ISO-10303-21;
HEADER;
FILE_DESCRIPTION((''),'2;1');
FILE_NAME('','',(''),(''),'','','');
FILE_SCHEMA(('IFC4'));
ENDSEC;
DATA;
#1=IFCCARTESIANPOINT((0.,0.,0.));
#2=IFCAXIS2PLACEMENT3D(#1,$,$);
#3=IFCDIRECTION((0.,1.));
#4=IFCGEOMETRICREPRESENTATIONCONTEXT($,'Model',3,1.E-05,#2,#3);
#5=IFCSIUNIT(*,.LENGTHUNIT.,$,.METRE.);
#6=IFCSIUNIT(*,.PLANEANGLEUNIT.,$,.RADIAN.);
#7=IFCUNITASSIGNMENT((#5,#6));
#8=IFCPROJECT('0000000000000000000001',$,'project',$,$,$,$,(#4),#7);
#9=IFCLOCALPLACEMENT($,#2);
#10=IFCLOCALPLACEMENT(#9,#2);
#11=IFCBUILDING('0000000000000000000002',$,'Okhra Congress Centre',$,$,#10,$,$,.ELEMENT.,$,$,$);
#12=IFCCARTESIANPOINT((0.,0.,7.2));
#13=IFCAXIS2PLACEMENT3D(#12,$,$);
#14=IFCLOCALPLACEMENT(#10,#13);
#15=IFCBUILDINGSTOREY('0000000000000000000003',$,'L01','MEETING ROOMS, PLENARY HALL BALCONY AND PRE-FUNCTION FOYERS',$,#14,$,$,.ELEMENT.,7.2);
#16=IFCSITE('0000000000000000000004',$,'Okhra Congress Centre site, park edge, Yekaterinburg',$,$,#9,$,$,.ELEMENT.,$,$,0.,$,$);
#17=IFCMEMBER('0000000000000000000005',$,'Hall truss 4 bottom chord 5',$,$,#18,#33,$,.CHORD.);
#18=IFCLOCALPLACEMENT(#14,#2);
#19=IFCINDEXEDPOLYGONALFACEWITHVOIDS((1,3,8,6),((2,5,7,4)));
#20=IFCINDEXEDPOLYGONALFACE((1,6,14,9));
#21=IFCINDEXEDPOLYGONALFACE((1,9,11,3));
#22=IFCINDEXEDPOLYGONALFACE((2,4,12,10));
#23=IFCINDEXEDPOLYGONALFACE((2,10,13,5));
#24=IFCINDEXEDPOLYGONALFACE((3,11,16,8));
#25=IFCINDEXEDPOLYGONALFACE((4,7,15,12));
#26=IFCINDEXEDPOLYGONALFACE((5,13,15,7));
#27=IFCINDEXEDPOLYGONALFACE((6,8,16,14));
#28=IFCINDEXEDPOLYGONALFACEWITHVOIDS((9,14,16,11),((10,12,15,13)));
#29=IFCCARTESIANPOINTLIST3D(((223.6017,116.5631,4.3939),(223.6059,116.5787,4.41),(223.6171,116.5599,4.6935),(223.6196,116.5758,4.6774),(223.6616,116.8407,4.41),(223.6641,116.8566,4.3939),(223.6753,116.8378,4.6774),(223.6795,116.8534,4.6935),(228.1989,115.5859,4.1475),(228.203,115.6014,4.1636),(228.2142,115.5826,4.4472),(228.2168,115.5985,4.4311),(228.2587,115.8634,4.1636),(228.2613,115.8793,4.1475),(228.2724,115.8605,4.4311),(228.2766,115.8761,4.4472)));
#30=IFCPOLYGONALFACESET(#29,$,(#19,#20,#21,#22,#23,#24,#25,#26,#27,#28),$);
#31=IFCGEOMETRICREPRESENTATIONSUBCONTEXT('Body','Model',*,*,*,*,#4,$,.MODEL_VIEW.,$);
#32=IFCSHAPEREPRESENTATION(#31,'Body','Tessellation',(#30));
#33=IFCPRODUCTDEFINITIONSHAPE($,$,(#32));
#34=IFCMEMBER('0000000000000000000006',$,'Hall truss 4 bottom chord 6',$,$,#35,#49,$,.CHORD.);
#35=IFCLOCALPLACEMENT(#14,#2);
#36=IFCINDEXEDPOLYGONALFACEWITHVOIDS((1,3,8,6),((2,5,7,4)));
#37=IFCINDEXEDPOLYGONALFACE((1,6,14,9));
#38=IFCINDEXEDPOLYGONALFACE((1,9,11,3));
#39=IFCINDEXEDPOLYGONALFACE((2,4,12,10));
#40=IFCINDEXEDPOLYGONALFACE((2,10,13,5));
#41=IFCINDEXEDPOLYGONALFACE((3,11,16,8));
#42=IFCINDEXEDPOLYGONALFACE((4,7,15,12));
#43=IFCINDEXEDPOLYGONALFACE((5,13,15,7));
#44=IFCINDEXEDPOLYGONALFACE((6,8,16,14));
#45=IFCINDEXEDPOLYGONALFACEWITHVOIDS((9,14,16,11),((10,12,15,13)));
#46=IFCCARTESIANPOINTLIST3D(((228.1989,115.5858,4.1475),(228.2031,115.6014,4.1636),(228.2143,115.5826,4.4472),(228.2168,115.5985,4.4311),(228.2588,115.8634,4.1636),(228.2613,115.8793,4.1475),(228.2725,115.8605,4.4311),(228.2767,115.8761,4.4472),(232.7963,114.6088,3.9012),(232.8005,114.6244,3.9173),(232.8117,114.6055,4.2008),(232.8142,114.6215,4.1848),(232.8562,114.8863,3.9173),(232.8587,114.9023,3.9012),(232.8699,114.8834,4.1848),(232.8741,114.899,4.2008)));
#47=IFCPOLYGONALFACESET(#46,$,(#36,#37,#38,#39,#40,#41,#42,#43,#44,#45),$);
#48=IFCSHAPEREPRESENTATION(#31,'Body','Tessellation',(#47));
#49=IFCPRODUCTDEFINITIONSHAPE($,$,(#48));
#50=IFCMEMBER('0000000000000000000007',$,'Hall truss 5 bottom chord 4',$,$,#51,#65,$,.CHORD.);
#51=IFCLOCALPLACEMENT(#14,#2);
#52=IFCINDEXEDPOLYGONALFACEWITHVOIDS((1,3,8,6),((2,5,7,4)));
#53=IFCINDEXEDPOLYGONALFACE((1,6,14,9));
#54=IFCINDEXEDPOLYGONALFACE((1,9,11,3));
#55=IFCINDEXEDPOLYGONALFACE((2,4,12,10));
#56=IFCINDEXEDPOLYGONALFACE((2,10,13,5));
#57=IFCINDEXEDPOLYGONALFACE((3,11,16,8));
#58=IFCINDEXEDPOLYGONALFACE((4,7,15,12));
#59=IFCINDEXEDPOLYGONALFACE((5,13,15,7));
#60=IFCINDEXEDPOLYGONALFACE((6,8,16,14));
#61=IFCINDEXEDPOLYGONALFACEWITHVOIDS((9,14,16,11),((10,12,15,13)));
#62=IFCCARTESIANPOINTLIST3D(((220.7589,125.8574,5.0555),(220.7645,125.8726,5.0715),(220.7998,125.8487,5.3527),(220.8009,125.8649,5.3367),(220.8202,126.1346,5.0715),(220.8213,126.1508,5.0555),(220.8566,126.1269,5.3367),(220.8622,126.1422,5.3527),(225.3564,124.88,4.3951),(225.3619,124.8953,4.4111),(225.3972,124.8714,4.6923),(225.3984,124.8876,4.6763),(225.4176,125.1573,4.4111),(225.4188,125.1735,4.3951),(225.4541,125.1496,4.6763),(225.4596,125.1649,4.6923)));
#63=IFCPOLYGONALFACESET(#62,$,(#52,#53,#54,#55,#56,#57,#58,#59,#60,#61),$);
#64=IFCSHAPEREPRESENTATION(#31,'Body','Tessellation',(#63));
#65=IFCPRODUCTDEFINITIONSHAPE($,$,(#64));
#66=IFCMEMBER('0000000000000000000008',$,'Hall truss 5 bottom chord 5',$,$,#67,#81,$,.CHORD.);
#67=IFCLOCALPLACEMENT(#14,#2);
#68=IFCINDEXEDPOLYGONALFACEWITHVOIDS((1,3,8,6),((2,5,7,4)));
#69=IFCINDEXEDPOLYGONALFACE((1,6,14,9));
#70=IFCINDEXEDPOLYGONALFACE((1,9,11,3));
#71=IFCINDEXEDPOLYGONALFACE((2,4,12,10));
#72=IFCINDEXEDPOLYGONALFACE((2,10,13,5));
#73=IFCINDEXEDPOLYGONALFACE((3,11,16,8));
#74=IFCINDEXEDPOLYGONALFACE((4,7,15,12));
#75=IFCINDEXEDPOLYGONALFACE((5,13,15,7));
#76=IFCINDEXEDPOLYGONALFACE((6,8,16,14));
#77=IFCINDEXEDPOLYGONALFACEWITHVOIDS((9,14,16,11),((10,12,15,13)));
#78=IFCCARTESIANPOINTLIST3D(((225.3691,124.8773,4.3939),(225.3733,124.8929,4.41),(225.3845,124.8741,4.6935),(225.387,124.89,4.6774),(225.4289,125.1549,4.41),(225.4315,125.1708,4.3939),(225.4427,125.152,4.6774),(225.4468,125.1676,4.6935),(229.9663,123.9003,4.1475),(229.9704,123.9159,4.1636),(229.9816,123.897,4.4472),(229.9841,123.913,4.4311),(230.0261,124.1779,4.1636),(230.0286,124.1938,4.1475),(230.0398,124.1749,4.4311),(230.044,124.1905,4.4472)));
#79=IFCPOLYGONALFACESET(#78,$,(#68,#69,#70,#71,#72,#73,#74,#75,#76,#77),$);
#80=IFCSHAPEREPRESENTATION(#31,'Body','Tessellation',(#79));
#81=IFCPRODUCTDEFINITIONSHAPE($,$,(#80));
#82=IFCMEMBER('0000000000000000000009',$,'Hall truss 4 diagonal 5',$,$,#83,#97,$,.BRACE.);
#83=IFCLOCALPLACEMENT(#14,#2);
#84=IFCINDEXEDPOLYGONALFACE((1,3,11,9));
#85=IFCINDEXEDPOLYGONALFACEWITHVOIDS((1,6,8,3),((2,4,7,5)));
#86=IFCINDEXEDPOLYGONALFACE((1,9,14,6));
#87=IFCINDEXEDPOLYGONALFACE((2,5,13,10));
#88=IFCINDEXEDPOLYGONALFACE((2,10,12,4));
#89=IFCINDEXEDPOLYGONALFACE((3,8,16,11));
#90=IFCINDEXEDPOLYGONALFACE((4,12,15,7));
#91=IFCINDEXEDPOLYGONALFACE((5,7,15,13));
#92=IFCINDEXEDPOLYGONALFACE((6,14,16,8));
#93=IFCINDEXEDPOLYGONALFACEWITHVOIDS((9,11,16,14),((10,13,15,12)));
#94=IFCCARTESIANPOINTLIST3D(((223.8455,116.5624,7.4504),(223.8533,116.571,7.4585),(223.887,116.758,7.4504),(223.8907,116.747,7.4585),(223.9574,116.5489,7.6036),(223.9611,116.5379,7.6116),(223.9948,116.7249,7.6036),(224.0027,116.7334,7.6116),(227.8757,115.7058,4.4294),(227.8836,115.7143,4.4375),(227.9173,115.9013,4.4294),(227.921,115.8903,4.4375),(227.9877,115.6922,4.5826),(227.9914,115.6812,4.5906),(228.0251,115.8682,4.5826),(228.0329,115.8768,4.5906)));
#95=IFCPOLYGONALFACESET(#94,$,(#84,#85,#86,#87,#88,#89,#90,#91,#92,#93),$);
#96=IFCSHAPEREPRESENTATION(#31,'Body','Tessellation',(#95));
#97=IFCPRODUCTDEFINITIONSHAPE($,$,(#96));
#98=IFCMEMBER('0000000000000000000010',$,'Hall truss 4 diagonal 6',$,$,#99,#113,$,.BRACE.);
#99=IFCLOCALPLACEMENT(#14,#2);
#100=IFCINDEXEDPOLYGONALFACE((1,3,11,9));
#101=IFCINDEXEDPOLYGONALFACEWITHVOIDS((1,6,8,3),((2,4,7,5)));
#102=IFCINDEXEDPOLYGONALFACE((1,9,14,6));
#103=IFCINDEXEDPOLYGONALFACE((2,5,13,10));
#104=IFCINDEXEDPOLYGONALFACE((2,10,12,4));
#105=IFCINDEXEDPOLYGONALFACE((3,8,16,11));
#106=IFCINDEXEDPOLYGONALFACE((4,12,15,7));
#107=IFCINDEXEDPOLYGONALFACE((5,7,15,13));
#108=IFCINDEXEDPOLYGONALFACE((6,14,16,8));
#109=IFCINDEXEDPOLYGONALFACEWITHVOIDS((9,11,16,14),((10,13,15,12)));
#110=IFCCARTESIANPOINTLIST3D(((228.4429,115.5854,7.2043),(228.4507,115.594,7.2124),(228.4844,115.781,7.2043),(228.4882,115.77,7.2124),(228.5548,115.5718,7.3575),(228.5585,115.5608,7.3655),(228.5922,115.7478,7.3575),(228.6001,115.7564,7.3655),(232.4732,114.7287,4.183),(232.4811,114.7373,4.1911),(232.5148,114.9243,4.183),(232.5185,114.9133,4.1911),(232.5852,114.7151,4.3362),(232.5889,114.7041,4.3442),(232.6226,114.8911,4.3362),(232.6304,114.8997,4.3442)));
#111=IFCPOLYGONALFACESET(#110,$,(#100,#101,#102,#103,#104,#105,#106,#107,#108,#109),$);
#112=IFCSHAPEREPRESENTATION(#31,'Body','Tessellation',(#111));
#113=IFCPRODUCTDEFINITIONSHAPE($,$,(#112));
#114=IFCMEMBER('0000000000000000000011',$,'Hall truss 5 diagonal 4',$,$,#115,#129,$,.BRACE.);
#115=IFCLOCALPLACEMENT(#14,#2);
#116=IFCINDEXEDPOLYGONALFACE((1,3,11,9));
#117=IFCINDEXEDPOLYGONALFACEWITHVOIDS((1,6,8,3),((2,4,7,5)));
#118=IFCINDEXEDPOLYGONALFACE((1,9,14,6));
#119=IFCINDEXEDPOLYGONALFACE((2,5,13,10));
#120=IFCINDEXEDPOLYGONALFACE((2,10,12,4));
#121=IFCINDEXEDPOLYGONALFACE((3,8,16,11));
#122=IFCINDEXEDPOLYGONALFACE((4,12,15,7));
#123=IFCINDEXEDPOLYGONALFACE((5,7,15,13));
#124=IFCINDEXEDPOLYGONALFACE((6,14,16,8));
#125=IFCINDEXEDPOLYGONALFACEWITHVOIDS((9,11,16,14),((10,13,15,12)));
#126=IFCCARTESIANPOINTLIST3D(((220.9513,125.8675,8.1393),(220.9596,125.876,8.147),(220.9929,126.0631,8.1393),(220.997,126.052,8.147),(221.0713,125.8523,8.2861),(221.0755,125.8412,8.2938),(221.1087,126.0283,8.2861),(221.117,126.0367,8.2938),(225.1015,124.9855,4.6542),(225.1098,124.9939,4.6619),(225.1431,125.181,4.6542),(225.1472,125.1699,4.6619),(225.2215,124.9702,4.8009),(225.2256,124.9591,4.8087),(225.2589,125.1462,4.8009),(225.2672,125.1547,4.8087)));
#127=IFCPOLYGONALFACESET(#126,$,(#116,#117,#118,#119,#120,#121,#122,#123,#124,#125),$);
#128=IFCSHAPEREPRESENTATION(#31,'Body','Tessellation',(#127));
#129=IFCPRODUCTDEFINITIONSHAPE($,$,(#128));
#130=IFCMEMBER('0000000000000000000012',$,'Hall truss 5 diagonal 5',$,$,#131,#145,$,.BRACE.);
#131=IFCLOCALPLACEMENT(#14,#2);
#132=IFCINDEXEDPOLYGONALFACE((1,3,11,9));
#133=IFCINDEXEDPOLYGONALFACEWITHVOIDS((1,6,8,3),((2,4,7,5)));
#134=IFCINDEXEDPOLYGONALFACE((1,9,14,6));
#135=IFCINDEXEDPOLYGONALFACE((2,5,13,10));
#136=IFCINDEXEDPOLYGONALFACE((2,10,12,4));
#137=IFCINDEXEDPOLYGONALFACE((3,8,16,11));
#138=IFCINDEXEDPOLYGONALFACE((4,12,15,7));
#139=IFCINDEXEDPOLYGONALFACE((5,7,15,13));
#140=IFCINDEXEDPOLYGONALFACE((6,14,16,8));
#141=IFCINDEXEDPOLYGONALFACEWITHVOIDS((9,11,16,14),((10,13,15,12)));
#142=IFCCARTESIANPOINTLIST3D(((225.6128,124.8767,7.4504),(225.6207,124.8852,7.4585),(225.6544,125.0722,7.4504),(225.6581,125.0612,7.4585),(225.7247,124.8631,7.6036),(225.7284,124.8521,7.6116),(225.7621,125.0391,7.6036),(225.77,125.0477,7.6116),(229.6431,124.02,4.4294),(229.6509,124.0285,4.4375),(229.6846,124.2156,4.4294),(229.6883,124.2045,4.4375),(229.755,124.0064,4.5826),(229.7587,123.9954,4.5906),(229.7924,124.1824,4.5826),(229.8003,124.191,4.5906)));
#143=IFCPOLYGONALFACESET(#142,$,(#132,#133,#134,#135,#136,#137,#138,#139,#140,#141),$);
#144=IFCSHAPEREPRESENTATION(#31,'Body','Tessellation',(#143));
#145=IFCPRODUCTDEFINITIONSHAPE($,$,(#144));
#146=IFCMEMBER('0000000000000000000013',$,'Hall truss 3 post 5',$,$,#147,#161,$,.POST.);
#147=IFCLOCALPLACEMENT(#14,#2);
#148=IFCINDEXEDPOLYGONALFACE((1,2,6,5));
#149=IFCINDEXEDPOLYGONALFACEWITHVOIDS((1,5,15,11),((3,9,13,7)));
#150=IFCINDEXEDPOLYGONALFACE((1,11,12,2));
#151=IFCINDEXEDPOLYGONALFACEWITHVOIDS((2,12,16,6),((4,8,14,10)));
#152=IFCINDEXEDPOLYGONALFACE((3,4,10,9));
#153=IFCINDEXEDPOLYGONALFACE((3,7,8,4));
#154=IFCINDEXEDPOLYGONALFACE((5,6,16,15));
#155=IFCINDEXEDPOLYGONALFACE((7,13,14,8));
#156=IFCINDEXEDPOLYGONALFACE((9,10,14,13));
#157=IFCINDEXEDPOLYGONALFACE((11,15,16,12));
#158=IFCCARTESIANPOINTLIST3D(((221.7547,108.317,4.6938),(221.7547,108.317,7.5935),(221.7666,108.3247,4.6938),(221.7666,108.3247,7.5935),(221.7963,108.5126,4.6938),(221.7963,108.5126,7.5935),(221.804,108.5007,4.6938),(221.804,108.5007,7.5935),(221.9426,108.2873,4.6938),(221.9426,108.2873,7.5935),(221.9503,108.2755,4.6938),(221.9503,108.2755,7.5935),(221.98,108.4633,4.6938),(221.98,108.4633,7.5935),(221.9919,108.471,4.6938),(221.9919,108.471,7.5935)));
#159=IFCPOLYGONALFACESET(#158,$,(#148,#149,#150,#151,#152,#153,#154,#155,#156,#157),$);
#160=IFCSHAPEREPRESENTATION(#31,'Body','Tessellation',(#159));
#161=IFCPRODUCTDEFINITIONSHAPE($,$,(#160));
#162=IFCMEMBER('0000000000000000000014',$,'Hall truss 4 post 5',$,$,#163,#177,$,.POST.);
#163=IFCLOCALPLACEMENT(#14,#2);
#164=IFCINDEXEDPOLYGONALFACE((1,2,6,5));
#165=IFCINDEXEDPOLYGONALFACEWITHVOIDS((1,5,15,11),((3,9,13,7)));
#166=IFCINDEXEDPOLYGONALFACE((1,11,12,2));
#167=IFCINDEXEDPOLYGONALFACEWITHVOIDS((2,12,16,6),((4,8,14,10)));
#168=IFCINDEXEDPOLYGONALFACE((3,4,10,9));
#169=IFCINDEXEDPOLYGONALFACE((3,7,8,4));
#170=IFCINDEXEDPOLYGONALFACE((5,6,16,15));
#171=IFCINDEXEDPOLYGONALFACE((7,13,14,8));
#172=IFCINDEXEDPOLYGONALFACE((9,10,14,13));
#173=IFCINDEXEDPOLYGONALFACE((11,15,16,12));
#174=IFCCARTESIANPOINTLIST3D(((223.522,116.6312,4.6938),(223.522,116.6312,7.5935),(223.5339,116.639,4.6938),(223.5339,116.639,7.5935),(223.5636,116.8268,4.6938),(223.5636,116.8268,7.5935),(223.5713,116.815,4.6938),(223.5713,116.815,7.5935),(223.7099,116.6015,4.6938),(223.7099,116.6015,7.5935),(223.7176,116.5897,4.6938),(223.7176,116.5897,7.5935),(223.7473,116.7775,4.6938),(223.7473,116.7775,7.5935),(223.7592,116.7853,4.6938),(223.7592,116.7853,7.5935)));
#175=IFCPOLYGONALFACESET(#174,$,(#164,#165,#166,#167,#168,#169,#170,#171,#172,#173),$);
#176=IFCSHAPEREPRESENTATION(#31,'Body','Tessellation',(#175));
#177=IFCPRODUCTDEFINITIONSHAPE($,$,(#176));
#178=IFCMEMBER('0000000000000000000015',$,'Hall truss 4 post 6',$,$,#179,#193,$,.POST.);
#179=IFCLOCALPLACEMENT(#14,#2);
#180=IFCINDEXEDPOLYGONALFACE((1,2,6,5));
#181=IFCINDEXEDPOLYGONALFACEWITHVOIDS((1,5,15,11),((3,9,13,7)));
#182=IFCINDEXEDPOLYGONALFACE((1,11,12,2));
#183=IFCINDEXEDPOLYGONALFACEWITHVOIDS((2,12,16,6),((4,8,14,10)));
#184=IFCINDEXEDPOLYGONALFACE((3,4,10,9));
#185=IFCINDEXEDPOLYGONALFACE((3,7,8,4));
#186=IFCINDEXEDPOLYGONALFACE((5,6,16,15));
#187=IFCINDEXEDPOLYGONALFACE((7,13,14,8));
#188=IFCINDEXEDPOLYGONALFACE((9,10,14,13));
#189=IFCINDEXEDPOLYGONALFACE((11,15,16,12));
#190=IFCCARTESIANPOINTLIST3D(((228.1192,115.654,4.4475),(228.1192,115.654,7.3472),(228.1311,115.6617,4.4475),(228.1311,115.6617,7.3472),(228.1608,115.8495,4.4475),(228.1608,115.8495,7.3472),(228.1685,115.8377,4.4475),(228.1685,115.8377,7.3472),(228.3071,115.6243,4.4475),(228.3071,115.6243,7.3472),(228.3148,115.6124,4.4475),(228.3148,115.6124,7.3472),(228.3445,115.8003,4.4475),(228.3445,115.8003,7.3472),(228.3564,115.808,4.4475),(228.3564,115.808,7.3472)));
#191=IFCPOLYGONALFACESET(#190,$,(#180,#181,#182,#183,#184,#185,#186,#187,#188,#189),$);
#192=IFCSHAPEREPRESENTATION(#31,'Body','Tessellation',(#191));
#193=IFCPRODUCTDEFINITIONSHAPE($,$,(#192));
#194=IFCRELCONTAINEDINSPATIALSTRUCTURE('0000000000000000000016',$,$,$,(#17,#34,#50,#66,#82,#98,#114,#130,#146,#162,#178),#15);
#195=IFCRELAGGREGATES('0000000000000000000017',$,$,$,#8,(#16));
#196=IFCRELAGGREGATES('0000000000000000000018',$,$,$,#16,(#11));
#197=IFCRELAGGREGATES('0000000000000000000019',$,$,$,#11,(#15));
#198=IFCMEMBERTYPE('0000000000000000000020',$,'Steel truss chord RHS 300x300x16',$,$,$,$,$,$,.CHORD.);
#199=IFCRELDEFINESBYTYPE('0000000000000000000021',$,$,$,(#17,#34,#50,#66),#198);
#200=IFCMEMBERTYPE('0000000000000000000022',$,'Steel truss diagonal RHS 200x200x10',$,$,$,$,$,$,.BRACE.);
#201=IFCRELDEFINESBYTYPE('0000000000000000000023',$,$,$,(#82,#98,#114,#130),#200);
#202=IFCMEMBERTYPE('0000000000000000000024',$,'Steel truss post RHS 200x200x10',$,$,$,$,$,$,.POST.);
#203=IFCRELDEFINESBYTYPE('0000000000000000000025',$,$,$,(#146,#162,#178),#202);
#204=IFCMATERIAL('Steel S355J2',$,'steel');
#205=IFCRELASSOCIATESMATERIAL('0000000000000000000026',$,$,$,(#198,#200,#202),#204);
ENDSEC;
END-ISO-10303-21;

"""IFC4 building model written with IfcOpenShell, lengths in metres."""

from ifc_helpers import new_model, si_unit, direction, frame, origin, origin_2d, place, context, subcontext, project, spatial, hollow_rectangle, extrude, material, material_profile, profile_set, type_object, element, save


model = new_model("IFC4")

# Units and contexts
model_context = context("Model", 3, precision=1e-05, world=origin(), true_north=direction((0.0, 1.0)))
body_context = subcontext(model_context, "Body", "Model", "MODEL_VIEW")
ifc_project = project(units=[si_unit("LENGTHUNIT", "METRE"), si_unit("PLANEANGLEUNIT", "RADIAN")], contexts=[model_context])

# Site, building, storey
site_placement = place(None, origin())
site = spatial("IfcSite", under=ifc_project, at=site_placement, Name="Okhra Congress Centre site, park edge, Yekaterinburg", CompositionType="ELEMENT", RefElevation=0.0)
building_placement = place(site_placement, origin())
building = spatial("IfcBuilding", under=site, at=building_placement, Name="Okhra Congress Centre", CompositionType="ELEMENT")
storey_placement = place(building_placement, frame((0.0, 0.0, 7.2)))
storey = spatial("IfcBuildingStorey", under=building, at=storey_placement, Name="L01", Description="MEETING ROOMS, PLENARY HALL BALCONY AND PRE-FUNCTION FOYERS", CompositionType="ELEMENT", Elevation=7.2)

# Members
ifc_material = material(Name="Steel S355J2", Category="steel")
ifc_material_profile_1 = material_profile(ifc_material, hollow_rectangle(XDim=0.3, YDim=0.3, WallThickness=0.0161, at=origin_2d()), Name="RHS 300x300x16")
ifc_profile_set_1 = profile_set([ifc_material_profile_1], Name="Steel S355J2")
member_type_1 = type_object("IfcMemberType", Name="Steel truss chord RHS 300x300x16", PredefinedType="CHORD", material=ifc_profile_set_1)
member_1_placement = place(storey_placement, frame((223.6406, 116.7083, 4.5437), z_axis=(0.976801, -0.207654, -0.052342), x_axis=(0.20794, 0.978142, 0.0)))
element("IfcMember", 1, at=member_1_placement, inside=storey, type_object=member_type_1, Name="Hall truss 4 bottom chord 5", PredefinedType="CHORD", context=body_context, shape_type="SweptSolid", body=[
    extrude(hollow_rectangle(XDim=0.3, YDim=0.3, WallThickness=0.0161, at=origin_2d()), origin(), (0.0, 0.0, 1.0), 4.7063),
])
member_2_placement = place(storey_placement, frame((228.2378, 115.731, 4.2974), z_axis=(0.976814, -0.207594, -0.052339), x_axis=(0.207879, 0.978154, 0.0)))
element("IfcMember", 2, at=member_2_placement, inside=storey, type_object=member_type_1, Name="Hall truss 4 bottom chord 6", PredefinedType="CHORD", context=body_context, shape_type="SweptSolid", body=[
    extrude(hollow_rectangle(XDim=0.3, YDim=0.3, WallThickness=0.0161, at=origin_2d()), origin(), (0.0, 0.0, 1.0), 4.7065),
])
member_3_placement = place(storey_placement, frame((220.8105, 125.9998, 5.2041), z_axis=(0.968629, -0.205906, -0.13914), x_axis=(0.207929, 0.978144, 0.0)))
element("IfcMember", 3, at=member_3_placement, inside=storey, type_object=member_type_1, Name="Hall truss 5 bottom chord 4", PredefinedType="CHORD", context=body_context, shape_type="SweptSolid", body=[
    extrude(hollow_rectangle(XDim=0.3, YDim=0.3, WallThickness=0.0161, at=origin_2d()), origin(), (0.0, 0.0, 1.0), 4.7463),
])
member_4_placement = place(storey_placement, frame((225.408, 125.0225, 4.5437), z_axis=(0.976811, -0.207605, -0.052342), x_axis=(0.20789, 0.978152, 0.0)))
element("IfcMember", 4, at=member_4_placement, inside=storey, type_object=member_type_1, Name="Hall truss 5 bottom chord 5", PredefinedType="CHORD", context=body_context, shape_type="SweptSolid", body=[
    extrude(hollow_rectangle(XDim=0.3, YDim=0.3, WallThickness=0.0161, at=origin_2d()), origin(), (0.0, 0.0, 1.0), 4.7063),
])
ifc_material_profile_2 = material_profile(ifc_material, hollow_rectangle(XDim=0.2, YDim=0.2, WallThickness=0.01, at=origin_2d()), Name="RHS 200x200x10 diagonal")
ifc_profile_set_2 = profile_set([ifc_material_profile_2], Name="Steel S355J2")
member_type_2 = type_object("IfcMemberType", Name="Steel truss diagonal RHS 200x200x10", PredefinedType="BRACE", material=ifc_profile_set_2)
member_5_placement = place(storey_placement, frame((223.9241, 116.6479, 7.531), z_axis=(0.788834, -0.167677, -0.591291), x_axis=(0.207918, 0.978146, 0.0)))
element("IfcMember", 5, at=member_5_placement, inside=storey, type_object=member_type_2, Name="Hall truss 4 diagonal 5", PredefinedType="BRACE", context=body_context, shape_type="SweptSolid", body=[
    extrude(hollow_rectangle(XDim=0.2, YDim=0.2, WallThickness=0.01, at=origin_2d()), origin(), (0.0, 0.0, 1.0), 5.1091),
])
member_6_placement = place(storey_placement, frame((228.5215, 115.6709, 7.2849), z_axis=(0.788812, -0.167673, -0.591322), x_axis=(0.207918, 0.978146, 0.0)))
element("IfcMember", 6, at=member_6_placement, inside=storey, type_object=member_type_2, Name="Hall truss 4 diagonal 6", PredefinedType="BRACE", context=body_context, shape_type="SweptSolid", body=[
    extrude(hollow_rectangle(XDim=0.2, YDim=0.2, WallThickness=0.01, at=origin_2d()), origin(), (0.0, 0.0, 1.0), 5.1094),
])
member_7_placement = place(storey_placement, frame((221.0342, 125.9521, 8.2166), z_axis=(0.755851, -0.16065, -0.634729), x_axis=(0.207898, 0.978151, 0.0)))
element("IfcMember", 7, at=member_7_placement, inside=storey, type_object=member_type_2, Name="Hall truss 5 diagonal 4", PredefinedType="BRACE", context=body_context, shape_type="SweptSolid", body=[
    extrude(hollow_rectangle(XDim=0.2, YDim=0.2, WallThickness=0.01, at=origin_2d()), origin(), (0.0, 0.0, 1.0), 5.4907),
])
member_8_placement = place(storey_placement, frame((225.6914, 124.9622, 7.531), z_axis=(0.788834, -0.167677, -0.591291), x_axis=(0.207918, 0.978146, 0.0)))
element("IfcMember", 8, at=member_8_placement, inside=storey, type_object=member_type_2, Name="Hall truss 5 diagonal 5", PredefinedType="BRACE", context=body_context, shape_type="SweptSolid", body=[
    extrude(hollow_rectangle(XDim=0.2, YDim=0.2, WallThickness=0.01, at=origin_2d()), origin(), (0.0, 0.0, 1.0), 5.1091),
])
ifc_material_profile_3 = material_profile(ifc_material, hollow_rectangle(XDim=0.2, YDim=0.2, WallThickness=0.01, at=origin_2d()), Name="RHS 200x200x10")
ifc_profile_set_3 = profile_set([ifc_material_profile_3], Name="Steel S355J2")
member_type_3 = type_object("IfcMemberType", Name="Steel truss post RHS 200x200x10", PredefinedType="POST", material=ifc_profile_set_3)
for number, where, z_axis, x_axis, name in (
    (9, (221.8733, 108.394, 4.6938), (0.0, 0.0, 1.0), (0.978148, -0.207912, 0.0), "Hall truss 3 post 5"),
    (10, (223.6406, 116.7083, 4.6938), (0.0, 0.0, 1.0), (0.978148, -0.207912, 0.0), "Hall truss 4 post 5"),
    (11, (228.2378, 115.731, 4.4475), (0.0, 0.0, 1.0), (0.978148, -0.207912, 0.0), "Hall truss 4 post 6"),
):
    element("IfcMember", number, at=place(storey_placement, frame(where, z_axis=z_axis, x_axis=x_axis)), inside=storey, type_object=member_type_3, Name=name, PredefinedType="POST", context=body_context, shape_type="SweptSolid", body=[
        extrude(hollow_rectangle(XDim=0.2, YDim=0.2, WallThickness=0.01, at=origin_2d()), origin(), (0.0, 0.0, 1.0), 2.8997),
    ])

save(model, "model.ifc")
